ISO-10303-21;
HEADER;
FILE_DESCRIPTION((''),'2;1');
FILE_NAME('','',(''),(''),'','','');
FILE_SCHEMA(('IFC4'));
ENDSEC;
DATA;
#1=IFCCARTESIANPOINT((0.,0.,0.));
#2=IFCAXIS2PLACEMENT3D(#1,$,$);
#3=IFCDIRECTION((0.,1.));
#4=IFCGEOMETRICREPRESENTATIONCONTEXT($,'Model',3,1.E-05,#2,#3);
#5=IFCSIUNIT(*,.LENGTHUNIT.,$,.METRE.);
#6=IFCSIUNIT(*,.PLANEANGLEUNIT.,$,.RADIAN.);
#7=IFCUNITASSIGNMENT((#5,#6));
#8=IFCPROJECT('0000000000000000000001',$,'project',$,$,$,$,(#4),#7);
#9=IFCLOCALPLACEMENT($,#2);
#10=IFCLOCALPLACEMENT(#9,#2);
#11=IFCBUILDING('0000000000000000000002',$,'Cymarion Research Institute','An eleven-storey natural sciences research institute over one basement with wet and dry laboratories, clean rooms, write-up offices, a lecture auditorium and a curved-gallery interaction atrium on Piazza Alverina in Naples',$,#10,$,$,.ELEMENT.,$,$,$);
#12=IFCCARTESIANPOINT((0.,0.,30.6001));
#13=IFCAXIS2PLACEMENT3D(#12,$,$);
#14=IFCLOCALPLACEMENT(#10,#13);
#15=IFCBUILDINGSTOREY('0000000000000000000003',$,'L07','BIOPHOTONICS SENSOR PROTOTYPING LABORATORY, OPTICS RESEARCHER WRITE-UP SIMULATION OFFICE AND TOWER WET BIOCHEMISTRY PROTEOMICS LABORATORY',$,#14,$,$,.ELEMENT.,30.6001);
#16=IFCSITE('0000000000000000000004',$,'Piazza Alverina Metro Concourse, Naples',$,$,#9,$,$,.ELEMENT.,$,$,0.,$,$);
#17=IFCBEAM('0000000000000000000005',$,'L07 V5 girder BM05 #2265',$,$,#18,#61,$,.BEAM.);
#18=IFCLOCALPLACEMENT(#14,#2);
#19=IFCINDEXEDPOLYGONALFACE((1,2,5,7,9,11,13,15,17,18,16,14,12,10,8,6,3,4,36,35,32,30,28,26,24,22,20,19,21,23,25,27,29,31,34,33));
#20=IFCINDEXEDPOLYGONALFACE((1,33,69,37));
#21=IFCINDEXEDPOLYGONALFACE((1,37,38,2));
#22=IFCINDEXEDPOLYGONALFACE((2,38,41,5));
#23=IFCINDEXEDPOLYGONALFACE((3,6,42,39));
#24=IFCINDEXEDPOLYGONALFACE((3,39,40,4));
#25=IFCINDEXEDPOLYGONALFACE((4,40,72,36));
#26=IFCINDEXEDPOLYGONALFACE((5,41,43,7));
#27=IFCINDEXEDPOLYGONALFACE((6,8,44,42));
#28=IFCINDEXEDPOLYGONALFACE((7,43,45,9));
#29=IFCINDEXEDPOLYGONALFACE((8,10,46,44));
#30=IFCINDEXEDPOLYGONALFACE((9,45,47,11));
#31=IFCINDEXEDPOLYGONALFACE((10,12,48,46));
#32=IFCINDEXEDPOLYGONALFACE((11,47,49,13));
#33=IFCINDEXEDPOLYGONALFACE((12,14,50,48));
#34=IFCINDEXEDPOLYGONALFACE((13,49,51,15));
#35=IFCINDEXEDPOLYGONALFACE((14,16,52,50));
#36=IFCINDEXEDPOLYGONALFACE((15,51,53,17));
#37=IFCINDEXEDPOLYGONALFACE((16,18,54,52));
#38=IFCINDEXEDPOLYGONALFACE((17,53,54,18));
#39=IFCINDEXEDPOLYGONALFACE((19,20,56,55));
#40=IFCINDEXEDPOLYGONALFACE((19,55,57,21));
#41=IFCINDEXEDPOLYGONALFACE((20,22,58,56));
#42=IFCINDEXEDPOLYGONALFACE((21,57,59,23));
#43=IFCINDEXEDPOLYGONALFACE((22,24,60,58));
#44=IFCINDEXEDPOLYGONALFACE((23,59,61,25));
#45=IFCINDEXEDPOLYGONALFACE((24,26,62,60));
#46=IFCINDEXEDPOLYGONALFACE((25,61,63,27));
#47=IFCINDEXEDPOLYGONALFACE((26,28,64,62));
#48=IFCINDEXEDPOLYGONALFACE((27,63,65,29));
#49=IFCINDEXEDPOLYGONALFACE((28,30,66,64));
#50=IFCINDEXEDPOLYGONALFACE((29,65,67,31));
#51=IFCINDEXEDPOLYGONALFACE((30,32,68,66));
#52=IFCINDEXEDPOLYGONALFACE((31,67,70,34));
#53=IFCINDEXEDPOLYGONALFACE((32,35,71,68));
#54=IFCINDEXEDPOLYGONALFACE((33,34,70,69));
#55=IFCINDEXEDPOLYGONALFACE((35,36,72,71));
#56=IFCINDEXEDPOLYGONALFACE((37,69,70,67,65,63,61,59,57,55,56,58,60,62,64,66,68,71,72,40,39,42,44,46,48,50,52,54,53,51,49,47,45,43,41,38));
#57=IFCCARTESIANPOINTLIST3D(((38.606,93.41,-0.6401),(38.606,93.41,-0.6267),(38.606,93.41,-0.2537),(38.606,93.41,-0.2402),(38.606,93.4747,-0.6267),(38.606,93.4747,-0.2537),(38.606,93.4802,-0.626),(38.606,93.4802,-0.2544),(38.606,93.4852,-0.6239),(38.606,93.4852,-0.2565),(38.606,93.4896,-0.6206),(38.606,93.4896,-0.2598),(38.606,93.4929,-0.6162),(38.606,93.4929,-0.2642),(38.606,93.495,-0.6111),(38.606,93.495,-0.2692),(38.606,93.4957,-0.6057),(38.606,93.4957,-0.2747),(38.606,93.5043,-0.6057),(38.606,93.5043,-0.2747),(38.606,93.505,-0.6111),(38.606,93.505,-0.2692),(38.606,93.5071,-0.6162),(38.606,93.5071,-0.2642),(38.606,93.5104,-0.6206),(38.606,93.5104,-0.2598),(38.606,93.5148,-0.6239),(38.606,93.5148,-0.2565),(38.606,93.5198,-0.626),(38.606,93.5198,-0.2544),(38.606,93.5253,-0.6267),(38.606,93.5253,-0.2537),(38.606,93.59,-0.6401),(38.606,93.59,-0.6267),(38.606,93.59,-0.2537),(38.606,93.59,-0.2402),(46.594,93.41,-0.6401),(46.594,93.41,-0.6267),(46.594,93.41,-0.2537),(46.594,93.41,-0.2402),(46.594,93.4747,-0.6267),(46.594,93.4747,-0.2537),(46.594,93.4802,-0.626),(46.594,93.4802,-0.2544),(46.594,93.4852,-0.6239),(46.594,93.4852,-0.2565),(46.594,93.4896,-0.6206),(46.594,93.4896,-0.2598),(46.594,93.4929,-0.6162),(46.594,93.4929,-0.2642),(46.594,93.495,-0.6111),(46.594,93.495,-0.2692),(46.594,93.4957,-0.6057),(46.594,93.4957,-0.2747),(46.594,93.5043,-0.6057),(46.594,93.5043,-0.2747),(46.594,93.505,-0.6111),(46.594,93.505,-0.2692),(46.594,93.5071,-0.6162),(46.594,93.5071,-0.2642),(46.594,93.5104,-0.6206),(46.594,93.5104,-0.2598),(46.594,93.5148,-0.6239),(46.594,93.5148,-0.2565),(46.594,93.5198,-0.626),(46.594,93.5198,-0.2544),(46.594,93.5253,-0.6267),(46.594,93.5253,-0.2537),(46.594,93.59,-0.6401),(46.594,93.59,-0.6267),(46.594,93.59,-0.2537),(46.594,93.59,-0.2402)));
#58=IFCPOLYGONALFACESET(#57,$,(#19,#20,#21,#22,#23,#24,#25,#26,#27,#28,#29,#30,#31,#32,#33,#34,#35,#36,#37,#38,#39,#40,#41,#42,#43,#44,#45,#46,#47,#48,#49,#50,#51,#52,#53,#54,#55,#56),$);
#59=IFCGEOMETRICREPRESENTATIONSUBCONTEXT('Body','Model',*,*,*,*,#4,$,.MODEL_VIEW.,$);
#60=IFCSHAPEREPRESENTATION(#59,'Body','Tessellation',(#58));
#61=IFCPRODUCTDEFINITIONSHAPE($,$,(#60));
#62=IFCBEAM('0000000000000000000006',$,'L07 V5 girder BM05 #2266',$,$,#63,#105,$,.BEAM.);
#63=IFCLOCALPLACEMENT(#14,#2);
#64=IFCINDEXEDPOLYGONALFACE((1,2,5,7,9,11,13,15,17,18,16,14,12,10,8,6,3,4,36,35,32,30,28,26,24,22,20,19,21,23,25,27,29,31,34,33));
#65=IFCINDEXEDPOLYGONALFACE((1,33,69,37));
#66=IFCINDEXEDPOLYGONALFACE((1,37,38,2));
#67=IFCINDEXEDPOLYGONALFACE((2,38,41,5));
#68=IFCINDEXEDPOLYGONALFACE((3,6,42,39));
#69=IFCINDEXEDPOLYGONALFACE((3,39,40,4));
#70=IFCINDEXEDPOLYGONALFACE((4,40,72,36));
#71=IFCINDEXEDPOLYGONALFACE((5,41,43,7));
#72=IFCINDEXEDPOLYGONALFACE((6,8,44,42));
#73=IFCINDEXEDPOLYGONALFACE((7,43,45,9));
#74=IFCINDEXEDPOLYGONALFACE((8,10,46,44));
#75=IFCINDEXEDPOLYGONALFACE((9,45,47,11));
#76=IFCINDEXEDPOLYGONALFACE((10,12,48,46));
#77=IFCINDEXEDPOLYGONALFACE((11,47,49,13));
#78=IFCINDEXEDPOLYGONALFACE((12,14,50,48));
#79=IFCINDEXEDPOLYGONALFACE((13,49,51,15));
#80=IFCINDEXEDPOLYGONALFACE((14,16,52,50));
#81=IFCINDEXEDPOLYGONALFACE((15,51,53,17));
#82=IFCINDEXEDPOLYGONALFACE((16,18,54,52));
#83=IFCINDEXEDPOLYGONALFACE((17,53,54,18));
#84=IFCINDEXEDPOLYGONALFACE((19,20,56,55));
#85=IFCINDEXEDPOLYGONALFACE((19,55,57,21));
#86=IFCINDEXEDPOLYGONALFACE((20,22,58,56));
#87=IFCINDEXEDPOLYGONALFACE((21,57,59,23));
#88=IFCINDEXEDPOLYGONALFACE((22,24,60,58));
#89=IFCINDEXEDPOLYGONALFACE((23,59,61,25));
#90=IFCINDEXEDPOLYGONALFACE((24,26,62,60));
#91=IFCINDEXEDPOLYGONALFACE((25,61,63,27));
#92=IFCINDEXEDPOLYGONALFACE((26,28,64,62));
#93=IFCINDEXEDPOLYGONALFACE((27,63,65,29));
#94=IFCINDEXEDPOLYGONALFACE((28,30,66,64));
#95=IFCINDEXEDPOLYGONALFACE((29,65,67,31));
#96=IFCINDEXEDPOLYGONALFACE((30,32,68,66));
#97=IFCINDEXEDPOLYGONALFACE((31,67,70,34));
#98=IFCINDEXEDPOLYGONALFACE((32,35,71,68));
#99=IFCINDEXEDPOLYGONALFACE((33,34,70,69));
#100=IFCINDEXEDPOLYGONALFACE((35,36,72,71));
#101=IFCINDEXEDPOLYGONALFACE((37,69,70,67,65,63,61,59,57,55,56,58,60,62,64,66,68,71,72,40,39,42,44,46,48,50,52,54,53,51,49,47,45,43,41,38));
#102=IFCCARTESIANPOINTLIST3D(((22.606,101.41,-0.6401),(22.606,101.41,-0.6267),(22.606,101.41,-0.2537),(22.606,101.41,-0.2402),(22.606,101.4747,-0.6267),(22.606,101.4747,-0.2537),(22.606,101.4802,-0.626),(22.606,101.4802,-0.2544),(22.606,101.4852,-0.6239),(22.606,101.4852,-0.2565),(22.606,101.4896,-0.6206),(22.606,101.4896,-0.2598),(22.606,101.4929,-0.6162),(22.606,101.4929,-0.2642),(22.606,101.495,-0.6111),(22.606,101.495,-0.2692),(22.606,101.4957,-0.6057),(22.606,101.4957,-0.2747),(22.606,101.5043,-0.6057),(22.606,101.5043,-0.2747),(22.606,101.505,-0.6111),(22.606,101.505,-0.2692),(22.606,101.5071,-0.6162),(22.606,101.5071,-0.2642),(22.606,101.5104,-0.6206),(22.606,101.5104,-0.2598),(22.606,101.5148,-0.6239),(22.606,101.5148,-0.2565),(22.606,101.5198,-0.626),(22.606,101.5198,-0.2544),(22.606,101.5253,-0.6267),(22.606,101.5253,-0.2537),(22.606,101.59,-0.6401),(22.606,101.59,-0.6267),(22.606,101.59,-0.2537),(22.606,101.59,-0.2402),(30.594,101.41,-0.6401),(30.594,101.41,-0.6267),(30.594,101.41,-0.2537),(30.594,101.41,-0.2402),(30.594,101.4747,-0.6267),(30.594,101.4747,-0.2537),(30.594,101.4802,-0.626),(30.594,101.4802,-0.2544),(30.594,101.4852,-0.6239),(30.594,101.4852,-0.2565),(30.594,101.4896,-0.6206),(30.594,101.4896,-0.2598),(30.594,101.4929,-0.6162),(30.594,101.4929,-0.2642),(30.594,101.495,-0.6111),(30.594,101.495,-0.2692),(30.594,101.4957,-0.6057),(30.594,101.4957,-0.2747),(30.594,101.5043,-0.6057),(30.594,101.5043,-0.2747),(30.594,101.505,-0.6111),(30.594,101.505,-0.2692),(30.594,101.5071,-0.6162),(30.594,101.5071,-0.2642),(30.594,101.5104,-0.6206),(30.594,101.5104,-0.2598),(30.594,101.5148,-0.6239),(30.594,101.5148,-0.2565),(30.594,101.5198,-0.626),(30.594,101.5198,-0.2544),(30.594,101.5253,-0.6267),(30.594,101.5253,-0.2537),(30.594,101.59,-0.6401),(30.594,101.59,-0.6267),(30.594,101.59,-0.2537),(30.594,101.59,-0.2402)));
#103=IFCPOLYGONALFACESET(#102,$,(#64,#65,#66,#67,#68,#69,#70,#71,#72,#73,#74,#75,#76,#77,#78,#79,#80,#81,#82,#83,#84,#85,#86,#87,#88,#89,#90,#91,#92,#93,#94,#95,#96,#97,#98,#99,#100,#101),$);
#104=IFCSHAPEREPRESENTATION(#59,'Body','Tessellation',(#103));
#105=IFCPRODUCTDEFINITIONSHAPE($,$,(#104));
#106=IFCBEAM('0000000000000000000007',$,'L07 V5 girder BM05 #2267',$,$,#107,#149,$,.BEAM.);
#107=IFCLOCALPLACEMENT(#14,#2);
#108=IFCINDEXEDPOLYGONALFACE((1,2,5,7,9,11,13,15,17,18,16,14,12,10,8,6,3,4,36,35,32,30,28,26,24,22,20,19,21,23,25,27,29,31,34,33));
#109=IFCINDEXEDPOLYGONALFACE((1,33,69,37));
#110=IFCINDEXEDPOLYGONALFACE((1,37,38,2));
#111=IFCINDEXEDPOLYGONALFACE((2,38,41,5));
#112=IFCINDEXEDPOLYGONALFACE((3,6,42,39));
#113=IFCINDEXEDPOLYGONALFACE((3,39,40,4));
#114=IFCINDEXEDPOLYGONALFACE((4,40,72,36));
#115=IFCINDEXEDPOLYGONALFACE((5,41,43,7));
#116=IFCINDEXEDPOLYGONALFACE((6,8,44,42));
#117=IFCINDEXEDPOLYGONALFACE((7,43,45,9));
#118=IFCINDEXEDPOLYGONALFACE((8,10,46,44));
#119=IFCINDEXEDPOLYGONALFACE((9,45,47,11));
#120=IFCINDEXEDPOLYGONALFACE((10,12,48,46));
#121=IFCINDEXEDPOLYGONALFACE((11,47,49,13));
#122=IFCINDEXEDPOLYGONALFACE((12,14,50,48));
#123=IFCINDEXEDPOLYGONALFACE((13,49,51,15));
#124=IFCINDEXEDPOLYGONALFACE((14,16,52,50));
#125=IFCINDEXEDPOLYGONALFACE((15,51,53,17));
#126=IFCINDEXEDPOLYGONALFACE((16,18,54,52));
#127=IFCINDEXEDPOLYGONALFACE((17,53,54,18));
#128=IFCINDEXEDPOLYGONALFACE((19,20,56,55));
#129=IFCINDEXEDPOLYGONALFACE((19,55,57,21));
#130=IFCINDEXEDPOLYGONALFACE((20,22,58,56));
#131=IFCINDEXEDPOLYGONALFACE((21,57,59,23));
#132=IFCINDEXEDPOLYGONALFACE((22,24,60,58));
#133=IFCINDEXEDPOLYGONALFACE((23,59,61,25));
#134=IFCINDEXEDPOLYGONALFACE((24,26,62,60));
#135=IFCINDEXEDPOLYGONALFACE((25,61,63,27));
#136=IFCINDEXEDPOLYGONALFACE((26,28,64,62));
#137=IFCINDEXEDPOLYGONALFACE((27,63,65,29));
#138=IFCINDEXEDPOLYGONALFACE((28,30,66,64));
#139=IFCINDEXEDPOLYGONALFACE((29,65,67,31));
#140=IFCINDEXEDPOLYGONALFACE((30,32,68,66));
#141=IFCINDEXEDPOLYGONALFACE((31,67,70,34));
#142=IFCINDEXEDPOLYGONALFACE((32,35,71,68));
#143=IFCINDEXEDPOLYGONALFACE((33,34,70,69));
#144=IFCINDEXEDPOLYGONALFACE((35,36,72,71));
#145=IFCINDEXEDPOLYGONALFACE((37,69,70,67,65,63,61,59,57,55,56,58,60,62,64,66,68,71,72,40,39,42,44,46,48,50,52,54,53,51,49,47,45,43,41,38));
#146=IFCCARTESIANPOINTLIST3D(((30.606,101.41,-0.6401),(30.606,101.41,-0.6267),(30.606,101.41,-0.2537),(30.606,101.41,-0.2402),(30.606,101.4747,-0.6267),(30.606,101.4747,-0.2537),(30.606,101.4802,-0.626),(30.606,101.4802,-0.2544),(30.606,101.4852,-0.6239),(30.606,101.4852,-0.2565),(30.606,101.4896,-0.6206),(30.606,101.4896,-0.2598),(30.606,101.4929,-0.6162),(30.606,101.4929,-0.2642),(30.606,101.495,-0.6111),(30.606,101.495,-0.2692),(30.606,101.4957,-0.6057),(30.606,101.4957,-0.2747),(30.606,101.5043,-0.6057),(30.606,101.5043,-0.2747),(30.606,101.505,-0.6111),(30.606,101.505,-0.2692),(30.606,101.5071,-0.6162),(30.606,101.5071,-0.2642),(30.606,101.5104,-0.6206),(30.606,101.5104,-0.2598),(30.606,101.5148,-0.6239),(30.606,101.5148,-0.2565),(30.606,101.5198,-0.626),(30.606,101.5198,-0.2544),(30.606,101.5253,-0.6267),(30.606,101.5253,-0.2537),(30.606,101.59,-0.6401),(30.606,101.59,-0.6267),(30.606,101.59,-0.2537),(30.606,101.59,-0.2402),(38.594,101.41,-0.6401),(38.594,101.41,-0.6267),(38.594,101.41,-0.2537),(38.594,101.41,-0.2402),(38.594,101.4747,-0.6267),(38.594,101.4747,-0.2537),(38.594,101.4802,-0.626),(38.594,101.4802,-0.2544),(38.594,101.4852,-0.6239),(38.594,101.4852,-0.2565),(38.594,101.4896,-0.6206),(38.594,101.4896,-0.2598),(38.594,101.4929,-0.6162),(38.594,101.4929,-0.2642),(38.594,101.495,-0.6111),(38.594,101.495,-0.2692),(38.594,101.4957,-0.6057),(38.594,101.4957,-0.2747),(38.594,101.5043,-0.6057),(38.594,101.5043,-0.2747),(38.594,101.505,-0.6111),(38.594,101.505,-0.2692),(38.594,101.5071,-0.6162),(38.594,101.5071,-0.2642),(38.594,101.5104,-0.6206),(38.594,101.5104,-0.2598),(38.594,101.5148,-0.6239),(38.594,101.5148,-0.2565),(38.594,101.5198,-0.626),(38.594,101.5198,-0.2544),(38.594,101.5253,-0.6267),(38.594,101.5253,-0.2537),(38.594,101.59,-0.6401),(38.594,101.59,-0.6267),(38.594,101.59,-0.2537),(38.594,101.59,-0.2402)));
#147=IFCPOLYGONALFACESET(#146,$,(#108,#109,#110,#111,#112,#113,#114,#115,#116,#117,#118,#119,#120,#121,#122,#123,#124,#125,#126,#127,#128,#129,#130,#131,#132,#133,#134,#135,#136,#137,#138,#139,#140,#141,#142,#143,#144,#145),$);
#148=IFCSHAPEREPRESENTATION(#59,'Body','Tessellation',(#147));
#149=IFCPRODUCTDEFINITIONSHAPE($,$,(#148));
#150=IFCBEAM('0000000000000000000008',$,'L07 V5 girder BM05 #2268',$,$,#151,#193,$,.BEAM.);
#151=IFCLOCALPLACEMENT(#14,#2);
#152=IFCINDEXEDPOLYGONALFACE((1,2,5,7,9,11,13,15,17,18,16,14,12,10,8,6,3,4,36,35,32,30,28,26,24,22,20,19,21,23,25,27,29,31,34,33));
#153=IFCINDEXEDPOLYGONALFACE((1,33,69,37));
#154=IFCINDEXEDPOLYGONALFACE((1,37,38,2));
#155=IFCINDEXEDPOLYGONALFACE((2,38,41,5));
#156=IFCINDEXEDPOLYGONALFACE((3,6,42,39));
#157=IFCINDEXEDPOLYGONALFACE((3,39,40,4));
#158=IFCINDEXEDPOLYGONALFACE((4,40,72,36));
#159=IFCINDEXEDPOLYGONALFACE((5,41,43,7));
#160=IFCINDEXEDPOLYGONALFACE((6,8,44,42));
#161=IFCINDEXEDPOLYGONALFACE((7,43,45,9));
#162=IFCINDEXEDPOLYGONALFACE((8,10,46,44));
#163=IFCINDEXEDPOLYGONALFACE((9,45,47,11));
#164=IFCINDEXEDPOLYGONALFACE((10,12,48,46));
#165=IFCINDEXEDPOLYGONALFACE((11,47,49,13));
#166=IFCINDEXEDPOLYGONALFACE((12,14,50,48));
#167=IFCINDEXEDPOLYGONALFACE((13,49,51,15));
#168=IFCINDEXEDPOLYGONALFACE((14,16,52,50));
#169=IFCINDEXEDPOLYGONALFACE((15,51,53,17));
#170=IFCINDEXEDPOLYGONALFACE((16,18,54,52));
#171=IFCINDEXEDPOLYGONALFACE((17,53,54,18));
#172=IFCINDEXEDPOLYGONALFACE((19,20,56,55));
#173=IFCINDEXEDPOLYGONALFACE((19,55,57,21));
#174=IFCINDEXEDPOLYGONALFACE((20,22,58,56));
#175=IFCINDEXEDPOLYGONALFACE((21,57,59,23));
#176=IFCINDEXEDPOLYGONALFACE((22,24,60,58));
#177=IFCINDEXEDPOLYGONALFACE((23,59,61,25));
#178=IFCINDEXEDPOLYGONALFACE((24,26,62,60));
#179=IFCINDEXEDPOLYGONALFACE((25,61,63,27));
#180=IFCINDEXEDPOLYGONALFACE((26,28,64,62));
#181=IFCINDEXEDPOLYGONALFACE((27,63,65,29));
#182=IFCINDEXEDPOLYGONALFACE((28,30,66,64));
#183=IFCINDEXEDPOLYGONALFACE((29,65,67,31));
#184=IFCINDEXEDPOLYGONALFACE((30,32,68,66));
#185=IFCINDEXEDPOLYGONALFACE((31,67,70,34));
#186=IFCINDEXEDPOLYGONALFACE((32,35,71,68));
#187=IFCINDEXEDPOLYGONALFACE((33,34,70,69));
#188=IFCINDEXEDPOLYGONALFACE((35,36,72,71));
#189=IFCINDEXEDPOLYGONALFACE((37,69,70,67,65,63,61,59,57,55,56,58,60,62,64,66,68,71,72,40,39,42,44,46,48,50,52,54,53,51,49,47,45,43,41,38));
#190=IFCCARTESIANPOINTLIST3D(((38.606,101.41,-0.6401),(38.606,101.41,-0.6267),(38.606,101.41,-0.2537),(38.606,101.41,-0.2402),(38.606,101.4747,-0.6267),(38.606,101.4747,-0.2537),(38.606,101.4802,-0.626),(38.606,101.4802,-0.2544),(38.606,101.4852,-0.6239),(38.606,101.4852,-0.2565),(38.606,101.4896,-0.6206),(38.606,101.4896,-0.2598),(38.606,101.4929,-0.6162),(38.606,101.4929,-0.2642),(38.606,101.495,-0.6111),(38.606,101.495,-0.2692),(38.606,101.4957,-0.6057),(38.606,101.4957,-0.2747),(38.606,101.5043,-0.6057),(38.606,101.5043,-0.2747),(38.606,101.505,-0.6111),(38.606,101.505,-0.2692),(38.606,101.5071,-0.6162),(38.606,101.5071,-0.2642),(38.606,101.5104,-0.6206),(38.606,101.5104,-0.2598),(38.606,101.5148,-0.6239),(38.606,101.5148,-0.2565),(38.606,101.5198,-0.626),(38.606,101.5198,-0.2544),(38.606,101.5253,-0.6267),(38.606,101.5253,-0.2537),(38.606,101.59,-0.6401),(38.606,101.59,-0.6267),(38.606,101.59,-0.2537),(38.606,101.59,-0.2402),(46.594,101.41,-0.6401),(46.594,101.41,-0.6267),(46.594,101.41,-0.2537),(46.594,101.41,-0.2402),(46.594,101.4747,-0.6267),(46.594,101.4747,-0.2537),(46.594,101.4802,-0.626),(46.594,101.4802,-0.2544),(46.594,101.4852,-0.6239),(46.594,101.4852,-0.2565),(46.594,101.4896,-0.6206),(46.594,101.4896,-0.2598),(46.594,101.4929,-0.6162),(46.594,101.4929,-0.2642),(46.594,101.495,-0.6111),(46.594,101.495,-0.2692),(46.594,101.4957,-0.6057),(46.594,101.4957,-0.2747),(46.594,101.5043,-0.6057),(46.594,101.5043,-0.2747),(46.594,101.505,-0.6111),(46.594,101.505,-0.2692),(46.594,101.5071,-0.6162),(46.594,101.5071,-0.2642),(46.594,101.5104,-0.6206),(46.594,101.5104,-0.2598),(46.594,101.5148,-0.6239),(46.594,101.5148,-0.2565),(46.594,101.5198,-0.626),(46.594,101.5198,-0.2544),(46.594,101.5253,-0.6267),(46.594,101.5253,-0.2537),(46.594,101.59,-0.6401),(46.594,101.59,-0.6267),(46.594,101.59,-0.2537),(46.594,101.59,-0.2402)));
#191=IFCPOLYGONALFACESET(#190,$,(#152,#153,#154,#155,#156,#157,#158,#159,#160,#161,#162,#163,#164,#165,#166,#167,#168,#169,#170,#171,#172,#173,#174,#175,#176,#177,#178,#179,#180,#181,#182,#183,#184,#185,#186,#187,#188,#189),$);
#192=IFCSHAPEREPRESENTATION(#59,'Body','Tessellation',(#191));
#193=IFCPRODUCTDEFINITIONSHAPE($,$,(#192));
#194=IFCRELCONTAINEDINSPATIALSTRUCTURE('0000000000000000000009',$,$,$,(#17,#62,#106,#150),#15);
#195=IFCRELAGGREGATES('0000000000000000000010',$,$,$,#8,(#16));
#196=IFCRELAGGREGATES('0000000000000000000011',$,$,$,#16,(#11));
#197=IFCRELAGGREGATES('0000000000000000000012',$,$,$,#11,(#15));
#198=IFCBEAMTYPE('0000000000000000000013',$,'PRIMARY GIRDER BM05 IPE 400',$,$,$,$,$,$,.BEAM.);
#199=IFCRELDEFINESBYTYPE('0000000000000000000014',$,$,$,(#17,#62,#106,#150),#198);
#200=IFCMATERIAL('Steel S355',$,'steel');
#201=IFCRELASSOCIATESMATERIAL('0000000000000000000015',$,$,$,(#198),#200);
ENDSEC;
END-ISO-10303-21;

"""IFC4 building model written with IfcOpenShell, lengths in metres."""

from ifc_helpers import new_model, si_unit, direction, frame, origin, origin_2d, place, context, subcontext, project, spatial, i_section, extrude, material, material_profile, profile_set, type_object, element, save


model = new_model("IFC4")

# Units and contexts
model_context = context("Model", 3, precision=1e-05, world=origin(), true_north=direction((0.0, 1.0)))
body_context = subcontext(model_context, "Body", "Model", "MODEL_VIEW")
ifc_project = project(units=[si_unit("LENGTHUNIT", "METRE"), si_unit("PLANEANGLEUNIT", "RADIAN")], contexts=[model_context])

# Site, building, storey
site_placement = place(None, origin())
site = spatial("IfcSite", under=ifc_project, at=site_placement, Name="Piazza Alverina Metro Concourse, Naples", CompositionType="ELEMENT", RefElevation=0.0)
building_placement = place(site_placement, origin())
building = spatial("IfcBuilding", under=site, at=building_placement, Name="Cymarion Research Institute", Description="An eleven-storey natural sciences research institute over one basement with wet and dry laboratories, clean rooms, write-up offices, a lecture auditorium and a curved-gallery interaction atrium on Piazza Alverina in Naples", CompositionType="ELEMENT")
storey_placement = place(building_placement, frame((0.0, 0.0, 30.6001)))
storey = spatial("IfcBuildingStorey", under=building, at=storey_placement, Name="L07", Description="BIOPHOTONICS SENSOR PROTOTYPING LABORATORY, OPTICS RESEARCHER WRITE-UP SIMULATION OFFICE AND TOWER WET BIOCHEMISTRY PROTEOMICS LABORATORY", CompositionType="ELEMENT", Elevation=30.6001)

# Beams
ifc_material_1 = material(Name="Steel S355", Category="steel")
ifc_material_profile_1 = material_profile(ifc_material_1, i_section(OverallWidth=0.1799, OverallDepth=0.3999, WebThickness=0.0085, FlangeThickness=0.0134, FilletRadius=0.021, at=origin_2d()), Name="IPE 400")
ifc_profile_set_1 = profile_set([ifc_material_profile_1], Name="Steel S355")
beam_type_1 = type_object("IfcBeamType", Name="PRIMARY GIRDER BM05 IPE 400", PredefinedType="BEAM", material=ifc_profile_set_1)
for number, where, z_axis, x_axis, name in (
    (1, (38.606, 93.5, -0.4402), (1.0, 0.0, 0.0), (0.0, 1.0, 0.0), "L07 V5 girder BM05 #2265"),
    (2, (22.606, 101.5, -0.4402), (1.0, 0.0, 0.0), (0.0, 1.0, 0.0), "L07 V5 girder BM05 #2266"),
    (3, (30.606, 101.5, -0.4402), (1.0, 0.0, 0.0), (0.0, 1.0, 0.0), "L07 V5 girder BM05 #2267"),
    (4, (38.606, 101.5, -0.4402), (1.0, 0.0, 0.0), (0.0, 1.0, 0.0), "L07 V5 girder BM05 #2268"),
):
    element("IfcBeam", number, at=place(storey_placement, frame(where, z_axis=z_axis, x_axis=x_axis)), inside=storey, type_object=beam_type_1, Name=name, PredefinedType="BEAM", context=body_context, shape_type="SweptSolid", body=[
        extrude(i_section(OverallWidth=0.1799, OverallDepth=0.3999, WebThickness=0.0085, FlangeThickness=0.0134, FilletRadius=0.021, at=origin_2d()), origin(), (0.0, 0.0, 1.0), 7.988),
    ])

save(model, "model.ifc")
